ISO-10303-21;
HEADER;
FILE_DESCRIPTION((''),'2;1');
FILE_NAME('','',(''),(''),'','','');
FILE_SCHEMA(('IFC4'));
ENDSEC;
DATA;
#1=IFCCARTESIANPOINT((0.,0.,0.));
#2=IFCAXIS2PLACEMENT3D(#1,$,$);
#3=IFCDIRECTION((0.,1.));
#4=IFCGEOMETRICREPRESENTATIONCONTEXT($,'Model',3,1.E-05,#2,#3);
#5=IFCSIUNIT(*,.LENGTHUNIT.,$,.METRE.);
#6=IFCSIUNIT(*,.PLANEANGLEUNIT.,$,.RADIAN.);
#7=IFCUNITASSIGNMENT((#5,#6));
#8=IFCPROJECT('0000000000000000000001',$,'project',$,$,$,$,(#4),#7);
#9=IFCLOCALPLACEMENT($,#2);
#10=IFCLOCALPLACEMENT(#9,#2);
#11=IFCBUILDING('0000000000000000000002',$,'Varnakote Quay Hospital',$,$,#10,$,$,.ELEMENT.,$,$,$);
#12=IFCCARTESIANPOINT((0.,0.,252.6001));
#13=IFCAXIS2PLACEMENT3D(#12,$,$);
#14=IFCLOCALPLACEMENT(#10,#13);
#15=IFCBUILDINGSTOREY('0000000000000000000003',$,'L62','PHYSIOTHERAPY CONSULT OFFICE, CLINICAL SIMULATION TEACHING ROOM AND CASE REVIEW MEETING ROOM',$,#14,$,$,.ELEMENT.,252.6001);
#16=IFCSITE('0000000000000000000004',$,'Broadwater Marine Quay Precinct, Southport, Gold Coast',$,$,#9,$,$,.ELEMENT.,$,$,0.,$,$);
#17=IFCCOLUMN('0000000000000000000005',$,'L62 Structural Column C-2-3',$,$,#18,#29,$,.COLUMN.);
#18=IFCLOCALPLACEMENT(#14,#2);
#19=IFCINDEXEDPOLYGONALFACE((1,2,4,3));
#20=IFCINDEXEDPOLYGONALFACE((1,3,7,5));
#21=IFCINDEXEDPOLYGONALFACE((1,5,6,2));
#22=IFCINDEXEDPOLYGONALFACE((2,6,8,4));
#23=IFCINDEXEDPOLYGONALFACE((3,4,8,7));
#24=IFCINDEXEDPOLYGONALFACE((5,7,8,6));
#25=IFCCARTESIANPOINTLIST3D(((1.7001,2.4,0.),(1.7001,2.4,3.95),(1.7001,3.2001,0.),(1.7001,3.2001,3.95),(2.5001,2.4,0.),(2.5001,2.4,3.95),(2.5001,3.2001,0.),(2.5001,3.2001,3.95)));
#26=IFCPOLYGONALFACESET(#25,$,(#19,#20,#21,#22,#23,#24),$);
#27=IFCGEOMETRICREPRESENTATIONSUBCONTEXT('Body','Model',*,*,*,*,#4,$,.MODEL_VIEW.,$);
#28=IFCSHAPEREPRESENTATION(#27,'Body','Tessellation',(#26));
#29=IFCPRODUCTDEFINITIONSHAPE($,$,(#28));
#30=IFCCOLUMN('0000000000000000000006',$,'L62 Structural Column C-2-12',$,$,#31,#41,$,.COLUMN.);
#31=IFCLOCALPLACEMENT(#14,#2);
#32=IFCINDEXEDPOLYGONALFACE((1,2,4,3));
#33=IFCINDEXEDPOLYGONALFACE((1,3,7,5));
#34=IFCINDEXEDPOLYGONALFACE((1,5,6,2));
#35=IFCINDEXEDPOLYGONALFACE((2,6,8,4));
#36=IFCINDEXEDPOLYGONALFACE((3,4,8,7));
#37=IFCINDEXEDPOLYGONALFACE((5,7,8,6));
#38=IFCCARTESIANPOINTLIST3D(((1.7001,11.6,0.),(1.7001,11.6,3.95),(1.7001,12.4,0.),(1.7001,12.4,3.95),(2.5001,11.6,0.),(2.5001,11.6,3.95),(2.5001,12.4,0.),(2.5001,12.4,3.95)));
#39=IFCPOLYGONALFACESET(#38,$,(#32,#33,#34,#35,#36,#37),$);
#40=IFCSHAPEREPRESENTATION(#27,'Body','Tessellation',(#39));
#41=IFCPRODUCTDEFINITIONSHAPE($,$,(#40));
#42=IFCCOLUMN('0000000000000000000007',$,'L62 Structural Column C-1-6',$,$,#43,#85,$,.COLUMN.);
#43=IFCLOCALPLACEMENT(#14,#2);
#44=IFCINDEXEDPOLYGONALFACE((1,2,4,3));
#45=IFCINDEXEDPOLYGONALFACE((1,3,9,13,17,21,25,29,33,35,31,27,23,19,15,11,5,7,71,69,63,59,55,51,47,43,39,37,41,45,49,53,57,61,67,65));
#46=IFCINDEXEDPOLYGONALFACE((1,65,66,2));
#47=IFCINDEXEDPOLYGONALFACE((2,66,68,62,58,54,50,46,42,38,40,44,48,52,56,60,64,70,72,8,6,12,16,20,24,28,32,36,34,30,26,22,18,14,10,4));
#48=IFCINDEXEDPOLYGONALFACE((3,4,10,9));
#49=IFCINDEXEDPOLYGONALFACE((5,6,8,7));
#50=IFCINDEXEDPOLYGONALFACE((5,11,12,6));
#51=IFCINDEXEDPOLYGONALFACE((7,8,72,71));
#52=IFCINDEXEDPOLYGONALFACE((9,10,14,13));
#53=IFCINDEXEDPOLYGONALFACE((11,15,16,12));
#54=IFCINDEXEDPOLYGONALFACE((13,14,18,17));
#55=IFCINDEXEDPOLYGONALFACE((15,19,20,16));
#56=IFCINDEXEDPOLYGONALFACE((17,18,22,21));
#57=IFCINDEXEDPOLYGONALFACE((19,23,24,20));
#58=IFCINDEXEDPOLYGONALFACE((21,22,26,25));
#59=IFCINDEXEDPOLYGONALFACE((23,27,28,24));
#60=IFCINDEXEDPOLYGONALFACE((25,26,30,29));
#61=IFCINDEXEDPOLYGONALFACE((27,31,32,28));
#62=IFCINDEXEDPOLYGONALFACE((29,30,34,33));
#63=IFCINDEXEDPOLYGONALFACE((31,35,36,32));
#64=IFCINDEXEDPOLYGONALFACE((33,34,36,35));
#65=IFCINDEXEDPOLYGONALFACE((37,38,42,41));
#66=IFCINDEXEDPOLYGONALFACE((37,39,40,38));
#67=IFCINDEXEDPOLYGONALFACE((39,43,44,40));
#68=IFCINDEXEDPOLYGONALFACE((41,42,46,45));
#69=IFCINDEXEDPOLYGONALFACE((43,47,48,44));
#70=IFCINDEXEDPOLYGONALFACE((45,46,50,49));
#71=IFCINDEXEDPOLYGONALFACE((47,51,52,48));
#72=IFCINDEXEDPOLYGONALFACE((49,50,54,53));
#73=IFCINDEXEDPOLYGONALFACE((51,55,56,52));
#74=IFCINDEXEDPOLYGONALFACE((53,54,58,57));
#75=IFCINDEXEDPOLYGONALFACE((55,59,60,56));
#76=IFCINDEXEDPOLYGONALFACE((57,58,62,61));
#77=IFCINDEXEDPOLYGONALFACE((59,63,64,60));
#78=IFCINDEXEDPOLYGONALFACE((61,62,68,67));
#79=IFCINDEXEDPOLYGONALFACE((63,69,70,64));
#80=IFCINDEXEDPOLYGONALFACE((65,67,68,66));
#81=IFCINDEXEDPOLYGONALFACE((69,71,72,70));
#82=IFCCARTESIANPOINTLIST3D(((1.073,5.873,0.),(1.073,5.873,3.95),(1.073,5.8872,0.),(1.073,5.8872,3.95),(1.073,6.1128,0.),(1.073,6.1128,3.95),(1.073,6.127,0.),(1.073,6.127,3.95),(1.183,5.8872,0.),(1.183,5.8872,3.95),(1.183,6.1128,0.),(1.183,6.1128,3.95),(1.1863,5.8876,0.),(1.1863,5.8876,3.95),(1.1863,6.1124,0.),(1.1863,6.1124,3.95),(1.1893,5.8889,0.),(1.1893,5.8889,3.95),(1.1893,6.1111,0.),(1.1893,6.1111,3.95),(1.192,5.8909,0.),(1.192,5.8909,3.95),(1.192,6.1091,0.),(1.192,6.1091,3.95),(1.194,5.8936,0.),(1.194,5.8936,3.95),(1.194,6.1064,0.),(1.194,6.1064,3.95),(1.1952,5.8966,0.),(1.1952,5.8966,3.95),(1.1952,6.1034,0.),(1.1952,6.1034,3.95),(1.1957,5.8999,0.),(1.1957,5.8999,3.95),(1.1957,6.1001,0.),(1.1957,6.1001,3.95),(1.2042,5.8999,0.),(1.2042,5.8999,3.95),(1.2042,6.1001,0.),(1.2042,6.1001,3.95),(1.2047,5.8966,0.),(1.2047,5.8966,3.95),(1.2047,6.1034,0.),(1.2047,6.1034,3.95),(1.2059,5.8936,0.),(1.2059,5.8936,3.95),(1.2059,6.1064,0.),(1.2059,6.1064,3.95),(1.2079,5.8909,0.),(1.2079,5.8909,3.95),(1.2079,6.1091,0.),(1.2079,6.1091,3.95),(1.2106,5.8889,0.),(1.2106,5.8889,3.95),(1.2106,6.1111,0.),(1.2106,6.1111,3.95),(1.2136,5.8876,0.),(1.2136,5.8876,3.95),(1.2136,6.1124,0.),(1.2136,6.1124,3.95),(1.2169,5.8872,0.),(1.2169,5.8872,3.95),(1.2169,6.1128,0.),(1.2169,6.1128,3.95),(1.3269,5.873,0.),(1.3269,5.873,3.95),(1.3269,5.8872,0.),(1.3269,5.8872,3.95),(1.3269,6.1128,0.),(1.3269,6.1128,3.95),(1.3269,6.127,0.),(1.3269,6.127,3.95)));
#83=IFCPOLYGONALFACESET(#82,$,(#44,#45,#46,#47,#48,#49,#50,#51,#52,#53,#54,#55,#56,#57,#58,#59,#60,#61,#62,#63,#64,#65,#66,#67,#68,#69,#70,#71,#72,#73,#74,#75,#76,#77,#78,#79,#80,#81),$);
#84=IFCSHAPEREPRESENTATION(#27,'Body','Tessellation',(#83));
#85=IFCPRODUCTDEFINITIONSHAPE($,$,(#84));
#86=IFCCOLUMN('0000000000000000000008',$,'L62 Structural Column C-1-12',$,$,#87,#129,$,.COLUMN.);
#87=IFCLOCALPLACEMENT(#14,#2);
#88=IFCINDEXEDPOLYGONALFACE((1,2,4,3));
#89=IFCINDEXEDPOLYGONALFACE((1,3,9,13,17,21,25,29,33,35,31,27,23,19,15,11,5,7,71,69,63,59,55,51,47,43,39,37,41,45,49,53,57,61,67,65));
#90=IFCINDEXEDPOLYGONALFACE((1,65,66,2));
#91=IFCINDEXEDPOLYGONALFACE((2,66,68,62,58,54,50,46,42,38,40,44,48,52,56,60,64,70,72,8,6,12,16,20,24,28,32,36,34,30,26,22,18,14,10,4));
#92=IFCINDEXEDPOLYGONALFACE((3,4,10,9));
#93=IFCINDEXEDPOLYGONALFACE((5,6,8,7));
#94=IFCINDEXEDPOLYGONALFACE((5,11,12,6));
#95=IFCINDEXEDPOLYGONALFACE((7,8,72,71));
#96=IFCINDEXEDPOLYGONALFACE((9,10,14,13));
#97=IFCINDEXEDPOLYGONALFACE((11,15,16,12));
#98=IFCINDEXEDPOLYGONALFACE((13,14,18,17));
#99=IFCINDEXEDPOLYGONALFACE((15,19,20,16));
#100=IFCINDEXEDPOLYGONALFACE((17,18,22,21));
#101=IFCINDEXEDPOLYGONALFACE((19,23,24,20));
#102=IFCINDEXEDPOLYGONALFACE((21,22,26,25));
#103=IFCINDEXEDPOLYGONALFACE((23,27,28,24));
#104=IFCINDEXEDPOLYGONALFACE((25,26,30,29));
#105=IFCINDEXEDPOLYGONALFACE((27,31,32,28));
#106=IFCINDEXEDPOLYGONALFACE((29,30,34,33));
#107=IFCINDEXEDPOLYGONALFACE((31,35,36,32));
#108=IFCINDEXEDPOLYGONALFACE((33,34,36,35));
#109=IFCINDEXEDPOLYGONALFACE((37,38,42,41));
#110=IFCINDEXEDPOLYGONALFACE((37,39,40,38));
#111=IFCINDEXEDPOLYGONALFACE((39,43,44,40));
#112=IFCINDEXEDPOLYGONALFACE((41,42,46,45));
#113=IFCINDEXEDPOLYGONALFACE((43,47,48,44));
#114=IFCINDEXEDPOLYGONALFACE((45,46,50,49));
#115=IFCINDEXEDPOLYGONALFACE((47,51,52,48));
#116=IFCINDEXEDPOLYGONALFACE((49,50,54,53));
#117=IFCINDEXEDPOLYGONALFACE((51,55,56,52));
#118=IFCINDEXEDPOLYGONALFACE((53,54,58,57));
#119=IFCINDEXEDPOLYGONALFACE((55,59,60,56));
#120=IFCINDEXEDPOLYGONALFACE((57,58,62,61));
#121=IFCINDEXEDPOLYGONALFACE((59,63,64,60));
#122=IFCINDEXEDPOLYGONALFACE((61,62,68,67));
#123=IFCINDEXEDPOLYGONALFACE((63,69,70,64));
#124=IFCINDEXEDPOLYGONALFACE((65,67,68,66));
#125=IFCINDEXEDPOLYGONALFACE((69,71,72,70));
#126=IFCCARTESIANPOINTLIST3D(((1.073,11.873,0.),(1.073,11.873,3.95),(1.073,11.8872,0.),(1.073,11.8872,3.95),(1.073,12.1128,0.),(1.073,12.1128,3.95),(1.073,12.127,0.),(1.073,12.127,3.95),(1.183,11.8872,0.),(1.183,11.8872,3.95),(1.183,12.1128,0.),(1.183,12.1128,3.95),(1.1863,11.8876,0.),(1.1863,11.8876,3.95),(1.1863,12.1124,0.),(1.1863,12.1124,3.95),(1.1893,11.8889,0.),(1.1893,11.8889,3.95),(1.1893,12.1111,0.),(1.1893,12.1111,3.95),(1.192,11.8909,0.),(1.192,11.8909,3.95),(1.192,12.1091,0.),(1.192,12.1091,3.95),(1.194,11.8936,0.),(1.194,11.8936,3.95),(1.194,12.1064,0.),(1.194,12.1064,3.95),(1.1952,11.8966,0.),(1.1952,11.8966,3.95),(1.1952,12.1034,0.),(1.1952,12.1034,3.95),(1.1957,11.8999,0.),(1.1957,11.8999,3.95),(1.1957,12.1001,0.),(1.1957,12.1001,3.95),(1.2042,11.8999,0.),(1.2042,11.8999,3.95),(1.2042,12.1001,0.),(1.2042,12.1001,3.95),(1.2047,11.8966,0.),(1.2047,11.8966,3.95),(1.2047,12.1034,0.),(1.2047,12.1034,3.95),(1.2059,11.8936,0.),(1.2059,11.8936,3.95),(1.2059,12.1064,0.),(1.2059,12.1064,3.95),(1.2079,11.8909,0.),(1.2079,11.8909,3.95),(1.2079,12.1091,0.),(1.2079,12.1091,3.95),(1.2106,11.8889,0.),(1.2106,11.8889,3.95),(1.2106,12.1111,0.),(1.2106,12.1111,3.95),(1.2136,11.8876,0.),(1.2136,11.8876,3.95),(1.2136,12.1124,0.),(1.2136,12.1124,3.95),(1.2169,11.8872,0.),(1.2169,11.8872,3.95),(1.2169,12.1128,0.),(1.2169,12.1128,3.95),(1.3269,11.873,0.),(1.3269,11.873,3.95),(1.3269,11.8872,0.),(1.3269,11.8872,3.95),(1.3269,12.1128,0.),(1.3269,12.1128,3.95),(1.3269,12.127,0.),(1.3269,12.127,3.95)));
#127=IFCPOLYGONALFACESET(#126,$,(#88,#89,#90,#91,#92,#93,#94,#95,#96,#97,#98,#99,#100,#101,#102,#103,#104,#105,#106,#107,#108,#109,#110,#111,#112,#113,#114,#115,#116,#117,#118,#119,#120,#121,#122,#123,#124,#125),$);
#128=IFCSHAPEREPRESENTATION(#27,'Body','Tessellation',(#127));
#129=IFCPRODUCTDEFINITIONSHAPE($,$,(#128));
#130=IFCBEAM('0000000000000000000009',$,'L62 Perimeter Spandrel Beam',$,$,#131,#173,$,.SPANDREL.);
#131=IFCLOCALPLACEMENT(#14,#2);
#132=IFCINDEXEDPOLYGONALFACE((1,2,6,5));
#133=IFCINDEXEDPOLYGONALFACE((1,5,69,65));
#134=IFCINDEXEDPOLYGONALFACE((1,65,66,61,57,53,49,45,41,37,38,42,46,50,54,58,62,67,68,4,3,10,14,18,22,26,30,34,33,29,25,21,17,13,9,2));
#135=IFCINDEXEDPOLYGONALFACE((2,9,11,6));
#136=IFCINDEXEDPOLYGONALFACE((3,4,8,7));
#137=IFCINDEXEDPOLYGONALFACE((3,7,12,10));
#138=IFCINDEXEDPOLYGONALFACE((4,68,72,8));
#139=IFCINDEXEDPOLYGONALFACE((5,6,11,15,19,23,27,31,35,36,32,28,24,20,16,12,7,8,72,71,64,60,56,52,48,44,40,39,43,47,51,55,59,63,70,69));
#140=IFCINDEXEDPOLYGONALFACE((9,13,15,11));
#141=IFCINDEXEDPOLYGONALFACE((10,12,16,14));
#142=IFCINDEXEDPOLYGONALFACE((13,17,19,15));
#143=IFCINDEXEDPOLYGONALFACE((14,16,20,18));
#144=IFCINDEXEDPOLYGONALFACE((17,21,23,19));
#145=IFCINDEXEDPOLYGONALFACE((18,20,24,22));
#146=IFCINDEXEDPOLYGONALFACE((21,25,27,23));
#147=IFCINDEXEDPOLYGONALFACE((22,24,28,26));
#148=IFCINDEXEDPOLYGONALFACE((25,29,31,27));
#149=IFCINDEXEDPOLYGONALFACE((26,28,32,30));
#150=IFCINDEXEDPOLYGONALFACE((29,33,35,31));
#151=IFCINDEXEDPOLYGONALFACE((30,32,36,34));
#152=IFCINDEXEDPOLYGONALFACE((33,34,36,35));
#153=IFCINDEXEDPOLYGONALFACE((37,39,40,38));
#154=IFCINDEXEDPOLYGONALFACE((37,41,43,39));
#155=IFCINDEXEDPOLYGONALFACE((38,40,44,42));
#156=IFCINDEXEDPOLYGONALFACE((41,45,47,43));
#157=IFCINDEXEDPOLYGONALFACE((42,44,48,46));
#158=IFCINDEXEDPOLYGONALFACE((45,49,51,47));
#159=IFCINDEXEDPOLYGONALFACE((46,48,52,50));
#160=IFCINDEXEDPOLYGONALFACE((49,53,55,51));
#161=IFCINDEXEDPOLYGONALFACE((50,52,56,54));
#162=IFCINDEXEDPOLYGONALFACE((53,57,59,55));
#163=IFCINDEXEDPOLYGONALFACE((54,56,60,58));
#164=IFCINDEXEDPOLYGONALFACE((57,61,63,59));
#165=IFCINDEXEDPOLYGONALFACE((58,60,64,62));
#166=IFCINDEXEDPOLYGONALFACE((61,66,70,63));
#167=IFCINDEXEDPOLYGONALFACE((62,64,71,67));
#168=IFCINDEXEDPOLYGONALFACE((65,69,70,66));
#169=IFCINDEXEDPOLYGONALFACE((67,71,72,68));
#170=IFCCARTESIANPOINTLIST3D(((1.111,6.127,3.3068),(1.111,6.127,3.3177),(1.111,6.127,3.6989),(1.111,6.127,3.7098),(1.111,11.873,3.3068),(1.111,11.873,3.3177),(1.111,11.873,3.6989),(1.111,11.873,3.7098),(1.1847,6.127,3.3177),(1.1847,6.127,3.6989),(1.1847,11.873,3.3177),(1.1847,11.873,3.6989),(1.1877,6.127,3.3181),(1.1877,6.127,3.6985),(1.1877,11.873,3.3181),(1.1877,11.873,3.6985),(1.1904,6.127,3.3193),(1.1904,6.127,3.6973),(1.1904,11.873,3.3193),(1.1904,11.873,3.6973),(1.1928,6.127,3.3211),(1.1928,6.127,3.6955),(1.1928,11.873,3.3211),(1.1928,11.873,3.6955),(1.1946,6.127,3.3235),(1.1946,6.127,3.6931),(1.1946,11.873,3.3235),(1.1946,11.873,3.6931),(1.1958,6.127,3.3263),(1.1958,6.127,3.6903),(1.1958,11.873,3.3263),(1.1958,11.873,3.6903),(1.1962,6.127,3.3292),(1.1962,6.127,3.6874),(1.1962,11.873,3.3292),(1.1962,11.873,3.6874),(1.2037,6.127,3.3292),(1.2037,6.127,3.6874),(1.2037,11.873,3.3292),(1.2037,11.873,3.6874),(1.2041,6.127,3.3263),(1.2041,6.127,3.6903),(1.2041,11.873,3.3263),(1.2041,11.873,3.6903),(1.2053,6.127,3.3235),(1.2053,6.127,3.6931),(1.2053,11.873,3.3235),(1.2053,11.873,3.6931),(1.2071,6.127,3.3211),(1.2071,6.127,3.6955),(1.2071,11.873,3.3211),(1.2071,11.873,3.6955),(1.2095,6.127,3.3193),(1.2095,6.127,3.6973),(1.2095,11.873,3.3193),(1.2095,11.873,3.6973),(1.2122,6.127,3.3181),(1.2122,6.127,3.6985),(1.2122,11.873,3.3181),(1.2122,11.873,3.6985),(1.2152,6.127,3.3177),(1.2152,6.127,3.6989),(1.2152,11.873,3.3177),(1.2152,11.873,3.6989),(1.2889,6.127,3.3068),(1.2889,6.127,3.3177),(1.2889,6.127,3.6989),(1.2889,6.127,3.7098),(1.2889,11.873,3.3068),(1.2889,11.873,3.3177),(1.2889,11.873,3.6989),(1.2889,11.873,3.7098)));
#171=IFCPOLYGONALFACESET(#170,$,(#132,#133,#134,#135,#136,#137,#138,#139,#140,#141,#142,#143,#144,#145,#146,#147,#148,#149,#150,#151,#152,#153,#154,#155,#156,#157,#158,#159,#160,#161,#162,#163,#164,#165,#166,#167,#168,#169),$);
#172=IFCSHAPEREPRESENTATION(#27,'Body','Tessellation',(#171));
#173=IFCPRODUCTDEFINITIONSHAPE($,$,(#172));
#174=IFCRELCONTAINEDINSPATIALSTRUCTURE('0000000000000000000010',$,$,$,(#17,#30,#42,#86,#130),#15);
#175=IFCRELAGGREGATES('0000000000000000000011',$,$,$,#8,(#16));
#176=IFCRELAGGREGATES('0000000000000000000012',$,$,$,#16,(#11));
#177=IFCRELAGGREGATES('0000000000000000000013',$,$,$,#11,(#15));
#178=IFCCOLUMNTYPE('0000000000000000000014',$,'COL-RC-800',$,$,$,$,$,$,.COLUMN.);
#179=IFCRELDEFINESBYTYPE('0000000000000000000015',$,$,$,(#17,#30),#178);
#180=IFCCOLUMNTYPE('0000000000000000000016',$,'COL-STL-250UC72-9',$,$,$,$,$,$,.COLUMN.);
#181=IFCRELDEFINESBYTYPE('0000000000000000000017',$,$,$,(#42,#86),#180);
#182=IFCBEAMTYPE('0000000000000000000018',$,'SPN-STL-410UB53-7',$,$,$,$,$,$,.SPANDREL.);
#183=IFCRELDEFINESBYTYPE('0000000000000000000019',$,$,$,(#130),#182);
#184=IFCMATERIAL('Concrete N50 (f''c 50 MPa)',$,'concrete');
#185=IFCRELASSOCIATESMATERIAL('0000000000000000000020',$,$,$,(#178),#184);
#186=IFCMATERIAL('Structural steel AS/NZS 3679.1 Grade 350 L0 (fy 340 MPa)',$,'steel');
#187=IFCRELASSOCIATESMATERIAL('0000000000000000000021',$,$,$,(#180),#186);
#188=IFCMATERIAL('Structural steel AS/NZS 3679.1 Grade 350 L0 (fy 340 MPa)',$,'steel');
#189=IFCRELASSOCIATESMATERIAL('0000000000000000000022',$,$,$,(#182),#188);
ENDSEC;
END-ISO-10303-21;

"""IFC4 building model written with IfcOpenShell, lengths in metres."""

from ifc_helpers import new_model, si_unit, direction, frame, origin, origin_2d, place, context, subcontext, project, spatial, rectangle, i_section, extrude, material, material_profile, profile_set, type_object, element, save


model = new_model("IFC4")

# Units and contexts
model_context = context("Model", 3, precision=1e-05, world=origin(), true_north=direction((0.0, 1.0)))
body_context = subcontext(model_context, "Body", "Model", "MODEL_VIEW")
ifc_project = project(units=[si_unit("LENGTHUNIT", "METRE"), si_unit("PLANEANGLEUNIT", "RADIAN")], contexts=[model_context])

# Site, building, storey
site_placement = place(None, origin())
site = spatial("IfcSite", under=ifc_project, at=site_placement, Name="Broadwater Marine Quay Precinct, Southport, Gold Coast", CompositionType="ELEMENT", RefElevation=0.0)
building_placement = place(site_placement, origin())
building = spatial("IfcBuilding", under=site, at=building_placement, Name="Varnakote Quay Hospital", CompositionType="ELEMENT")
storey_placement = place(building_placement, frame((0.0, 0.0, 252.6001)))
storey = spatial("IfcBuildingStorey", under=building, at=storey_placement, Name="L62", Description="PHYSIOTHERAPY CONSULT OFFICE, CLINICAL SIMULATION TEACHING ROOM AND CASE REVIEW MEETING ROOM", CompositionType="ELEMENT", Elevation=252.6001)

# Columns
ifc_material_1 = material(Name="Concrete N50 (f'c 50 MPa)", Category="concrete")
ifc_material_profile_1 = material_profile(ifc_material_1, rectangle(XDim=0.8, YDim=0.8, at=origin_2d()), Name="RC-COL-800x800")
ifc_profile_set_1 = profile_set([ifc_material_profile_1], Name="Concrete N50 (f'c 50 MPa)")
column_type_1 = type_object("IfcColumnType", Name="COL-RC-800", PredefinedType="COLUMN", material=ifc_profile_set_1)
for number, where, z_axis, x_axis, name in (
    (1, (2.1001, 2.8, 0.0), (0.0, 0.0, 1.0), (1.0, 0.0, 0.0), "L62 Structural Column C-2-3"),
    (2, (2.1001, 12.0, 0.0), (0.0, 0.0, 1.0), (1.0, 0.0, 0.0), "L62 Structural Column C-2-12"),
):
    element("IfcColumn", number, at=place(storey_placement, frame(where, z_axis=z_axis, x_axis=x_axis)), inside=storey, type_object=column_type_1, Name=name, PredefinedType="COLUMN", context=body_context, shape_type="SweptSolid", body=[
        extrude(rectangle(XDim=0.8, YDim=0.8, at=origin_2d()), origin(), (0.0, 0.0, 1.0), 3.95),
    ])
ifc_material_2 = material(Name="Structural steel AS/NZS 3679.1 Grade 350 L0 (fy 340 MPa)", Category="steel")
ifc_material_profile_2 = material_profile(ifc_material_2, i_section(OverallWidth=0.2539, OverallDepth=0.2539, WebThickness=0.0085, FlangeThickness=0.0142, FilletRadius=0.0127, at=origin_2d()), Name="250UC72.9")
ifc_profile_set_2 = profile_set([ifc_material_profile_2], Name="Structural steel AS/NZS 3679.1 Grade 350 L0 (fy 340 MPa)")
column_type_2 = type_object("IfcColumnType", Name="COL-STL-250UC72-9", PredefinedType="COLUMN", material=ifc_profile_set_2)
for number, where, z_axis, x_axis, name in (
    (3, (1.2, 6.0, 0.0), (0.0, 0.0, 1.0), (1.0, 0.0, 0.0), "L62 Structural Column C-1-6"),
    (4, (1.2, 12.0, 0.0), (0.0, 0.0, 1.0), (1.0, 0.0, 0.0), "L62 Structural Column C-1-12"),
):
    element("IfcColumn", number, at=place(storey_placement, frame(where, z_axis=z_axis, x_axis=x_axis)), inside=storey, type_object=column_type_2, Name=name, PredefinedType="COLUMN", context=body_context, shape_type="SweptSolid", body=[
        extrude(i_section(OverallWidth=0.2539, OverallDepth=0.2539, WebThickness=0.0085, FlangeThickness=0.0142, FilletRadius=0.0127, at=origin_2d()), origin(), (0.0, 0.0, 1.0), 3.95),
    ])

# Beam
ifc_material_3 = material(Name="Structural steel AS/NZS 3679.1 Grade 350 L0 (fy 340 MPa)", Category="steel")
ifc_material_profile_3 = material_profile(ifc_material_3, i_section(OverallWidth=0.178, OverallDepth=0.4031, WebThickness=0.0076, FlangeThickness=0.011, FilletRadius=0.0115, at=origin_2d()), Name="410UB53.7")
ifc_profile_set_3 = profile_set([ifc_material_profile_3], Name="Structural steel AS/NZS 3679.1 Grade 350 L0 (fy 340 MPa)")
beam_type_1 = type_object("IfcBeamType", Name="SPN-STL-410UB53-7", PredefinedType="SPANDREL", material=ifc_profile_set_3)
beam_1_placement = place(storey_placement, frame((1.2, 6.127, 3.5083), z_axis=(0.0, 1.0, 0.0), x_axis=(-1.0, 0.0, 0.0)))
element("IfcBeam", 5, at=beam_1_placement, inside=storey, type_object=beam_type_1, Name="L62 Perimeter Spandrel Beam", PredefinedType="SPANDREL", context=body_context, shape_type="SweptSolid", body=[
    extrude(i_section(OverallWidth=0.178, OverallDepth=0.4031, WebThickness=0.0076, FlangeThickness=0.011, FilletRadius=0.0115, at=origin_2d()), origin(), (0.0, 0.0, 1.0), 5.7461),
])

save(model, "model.ifc")
